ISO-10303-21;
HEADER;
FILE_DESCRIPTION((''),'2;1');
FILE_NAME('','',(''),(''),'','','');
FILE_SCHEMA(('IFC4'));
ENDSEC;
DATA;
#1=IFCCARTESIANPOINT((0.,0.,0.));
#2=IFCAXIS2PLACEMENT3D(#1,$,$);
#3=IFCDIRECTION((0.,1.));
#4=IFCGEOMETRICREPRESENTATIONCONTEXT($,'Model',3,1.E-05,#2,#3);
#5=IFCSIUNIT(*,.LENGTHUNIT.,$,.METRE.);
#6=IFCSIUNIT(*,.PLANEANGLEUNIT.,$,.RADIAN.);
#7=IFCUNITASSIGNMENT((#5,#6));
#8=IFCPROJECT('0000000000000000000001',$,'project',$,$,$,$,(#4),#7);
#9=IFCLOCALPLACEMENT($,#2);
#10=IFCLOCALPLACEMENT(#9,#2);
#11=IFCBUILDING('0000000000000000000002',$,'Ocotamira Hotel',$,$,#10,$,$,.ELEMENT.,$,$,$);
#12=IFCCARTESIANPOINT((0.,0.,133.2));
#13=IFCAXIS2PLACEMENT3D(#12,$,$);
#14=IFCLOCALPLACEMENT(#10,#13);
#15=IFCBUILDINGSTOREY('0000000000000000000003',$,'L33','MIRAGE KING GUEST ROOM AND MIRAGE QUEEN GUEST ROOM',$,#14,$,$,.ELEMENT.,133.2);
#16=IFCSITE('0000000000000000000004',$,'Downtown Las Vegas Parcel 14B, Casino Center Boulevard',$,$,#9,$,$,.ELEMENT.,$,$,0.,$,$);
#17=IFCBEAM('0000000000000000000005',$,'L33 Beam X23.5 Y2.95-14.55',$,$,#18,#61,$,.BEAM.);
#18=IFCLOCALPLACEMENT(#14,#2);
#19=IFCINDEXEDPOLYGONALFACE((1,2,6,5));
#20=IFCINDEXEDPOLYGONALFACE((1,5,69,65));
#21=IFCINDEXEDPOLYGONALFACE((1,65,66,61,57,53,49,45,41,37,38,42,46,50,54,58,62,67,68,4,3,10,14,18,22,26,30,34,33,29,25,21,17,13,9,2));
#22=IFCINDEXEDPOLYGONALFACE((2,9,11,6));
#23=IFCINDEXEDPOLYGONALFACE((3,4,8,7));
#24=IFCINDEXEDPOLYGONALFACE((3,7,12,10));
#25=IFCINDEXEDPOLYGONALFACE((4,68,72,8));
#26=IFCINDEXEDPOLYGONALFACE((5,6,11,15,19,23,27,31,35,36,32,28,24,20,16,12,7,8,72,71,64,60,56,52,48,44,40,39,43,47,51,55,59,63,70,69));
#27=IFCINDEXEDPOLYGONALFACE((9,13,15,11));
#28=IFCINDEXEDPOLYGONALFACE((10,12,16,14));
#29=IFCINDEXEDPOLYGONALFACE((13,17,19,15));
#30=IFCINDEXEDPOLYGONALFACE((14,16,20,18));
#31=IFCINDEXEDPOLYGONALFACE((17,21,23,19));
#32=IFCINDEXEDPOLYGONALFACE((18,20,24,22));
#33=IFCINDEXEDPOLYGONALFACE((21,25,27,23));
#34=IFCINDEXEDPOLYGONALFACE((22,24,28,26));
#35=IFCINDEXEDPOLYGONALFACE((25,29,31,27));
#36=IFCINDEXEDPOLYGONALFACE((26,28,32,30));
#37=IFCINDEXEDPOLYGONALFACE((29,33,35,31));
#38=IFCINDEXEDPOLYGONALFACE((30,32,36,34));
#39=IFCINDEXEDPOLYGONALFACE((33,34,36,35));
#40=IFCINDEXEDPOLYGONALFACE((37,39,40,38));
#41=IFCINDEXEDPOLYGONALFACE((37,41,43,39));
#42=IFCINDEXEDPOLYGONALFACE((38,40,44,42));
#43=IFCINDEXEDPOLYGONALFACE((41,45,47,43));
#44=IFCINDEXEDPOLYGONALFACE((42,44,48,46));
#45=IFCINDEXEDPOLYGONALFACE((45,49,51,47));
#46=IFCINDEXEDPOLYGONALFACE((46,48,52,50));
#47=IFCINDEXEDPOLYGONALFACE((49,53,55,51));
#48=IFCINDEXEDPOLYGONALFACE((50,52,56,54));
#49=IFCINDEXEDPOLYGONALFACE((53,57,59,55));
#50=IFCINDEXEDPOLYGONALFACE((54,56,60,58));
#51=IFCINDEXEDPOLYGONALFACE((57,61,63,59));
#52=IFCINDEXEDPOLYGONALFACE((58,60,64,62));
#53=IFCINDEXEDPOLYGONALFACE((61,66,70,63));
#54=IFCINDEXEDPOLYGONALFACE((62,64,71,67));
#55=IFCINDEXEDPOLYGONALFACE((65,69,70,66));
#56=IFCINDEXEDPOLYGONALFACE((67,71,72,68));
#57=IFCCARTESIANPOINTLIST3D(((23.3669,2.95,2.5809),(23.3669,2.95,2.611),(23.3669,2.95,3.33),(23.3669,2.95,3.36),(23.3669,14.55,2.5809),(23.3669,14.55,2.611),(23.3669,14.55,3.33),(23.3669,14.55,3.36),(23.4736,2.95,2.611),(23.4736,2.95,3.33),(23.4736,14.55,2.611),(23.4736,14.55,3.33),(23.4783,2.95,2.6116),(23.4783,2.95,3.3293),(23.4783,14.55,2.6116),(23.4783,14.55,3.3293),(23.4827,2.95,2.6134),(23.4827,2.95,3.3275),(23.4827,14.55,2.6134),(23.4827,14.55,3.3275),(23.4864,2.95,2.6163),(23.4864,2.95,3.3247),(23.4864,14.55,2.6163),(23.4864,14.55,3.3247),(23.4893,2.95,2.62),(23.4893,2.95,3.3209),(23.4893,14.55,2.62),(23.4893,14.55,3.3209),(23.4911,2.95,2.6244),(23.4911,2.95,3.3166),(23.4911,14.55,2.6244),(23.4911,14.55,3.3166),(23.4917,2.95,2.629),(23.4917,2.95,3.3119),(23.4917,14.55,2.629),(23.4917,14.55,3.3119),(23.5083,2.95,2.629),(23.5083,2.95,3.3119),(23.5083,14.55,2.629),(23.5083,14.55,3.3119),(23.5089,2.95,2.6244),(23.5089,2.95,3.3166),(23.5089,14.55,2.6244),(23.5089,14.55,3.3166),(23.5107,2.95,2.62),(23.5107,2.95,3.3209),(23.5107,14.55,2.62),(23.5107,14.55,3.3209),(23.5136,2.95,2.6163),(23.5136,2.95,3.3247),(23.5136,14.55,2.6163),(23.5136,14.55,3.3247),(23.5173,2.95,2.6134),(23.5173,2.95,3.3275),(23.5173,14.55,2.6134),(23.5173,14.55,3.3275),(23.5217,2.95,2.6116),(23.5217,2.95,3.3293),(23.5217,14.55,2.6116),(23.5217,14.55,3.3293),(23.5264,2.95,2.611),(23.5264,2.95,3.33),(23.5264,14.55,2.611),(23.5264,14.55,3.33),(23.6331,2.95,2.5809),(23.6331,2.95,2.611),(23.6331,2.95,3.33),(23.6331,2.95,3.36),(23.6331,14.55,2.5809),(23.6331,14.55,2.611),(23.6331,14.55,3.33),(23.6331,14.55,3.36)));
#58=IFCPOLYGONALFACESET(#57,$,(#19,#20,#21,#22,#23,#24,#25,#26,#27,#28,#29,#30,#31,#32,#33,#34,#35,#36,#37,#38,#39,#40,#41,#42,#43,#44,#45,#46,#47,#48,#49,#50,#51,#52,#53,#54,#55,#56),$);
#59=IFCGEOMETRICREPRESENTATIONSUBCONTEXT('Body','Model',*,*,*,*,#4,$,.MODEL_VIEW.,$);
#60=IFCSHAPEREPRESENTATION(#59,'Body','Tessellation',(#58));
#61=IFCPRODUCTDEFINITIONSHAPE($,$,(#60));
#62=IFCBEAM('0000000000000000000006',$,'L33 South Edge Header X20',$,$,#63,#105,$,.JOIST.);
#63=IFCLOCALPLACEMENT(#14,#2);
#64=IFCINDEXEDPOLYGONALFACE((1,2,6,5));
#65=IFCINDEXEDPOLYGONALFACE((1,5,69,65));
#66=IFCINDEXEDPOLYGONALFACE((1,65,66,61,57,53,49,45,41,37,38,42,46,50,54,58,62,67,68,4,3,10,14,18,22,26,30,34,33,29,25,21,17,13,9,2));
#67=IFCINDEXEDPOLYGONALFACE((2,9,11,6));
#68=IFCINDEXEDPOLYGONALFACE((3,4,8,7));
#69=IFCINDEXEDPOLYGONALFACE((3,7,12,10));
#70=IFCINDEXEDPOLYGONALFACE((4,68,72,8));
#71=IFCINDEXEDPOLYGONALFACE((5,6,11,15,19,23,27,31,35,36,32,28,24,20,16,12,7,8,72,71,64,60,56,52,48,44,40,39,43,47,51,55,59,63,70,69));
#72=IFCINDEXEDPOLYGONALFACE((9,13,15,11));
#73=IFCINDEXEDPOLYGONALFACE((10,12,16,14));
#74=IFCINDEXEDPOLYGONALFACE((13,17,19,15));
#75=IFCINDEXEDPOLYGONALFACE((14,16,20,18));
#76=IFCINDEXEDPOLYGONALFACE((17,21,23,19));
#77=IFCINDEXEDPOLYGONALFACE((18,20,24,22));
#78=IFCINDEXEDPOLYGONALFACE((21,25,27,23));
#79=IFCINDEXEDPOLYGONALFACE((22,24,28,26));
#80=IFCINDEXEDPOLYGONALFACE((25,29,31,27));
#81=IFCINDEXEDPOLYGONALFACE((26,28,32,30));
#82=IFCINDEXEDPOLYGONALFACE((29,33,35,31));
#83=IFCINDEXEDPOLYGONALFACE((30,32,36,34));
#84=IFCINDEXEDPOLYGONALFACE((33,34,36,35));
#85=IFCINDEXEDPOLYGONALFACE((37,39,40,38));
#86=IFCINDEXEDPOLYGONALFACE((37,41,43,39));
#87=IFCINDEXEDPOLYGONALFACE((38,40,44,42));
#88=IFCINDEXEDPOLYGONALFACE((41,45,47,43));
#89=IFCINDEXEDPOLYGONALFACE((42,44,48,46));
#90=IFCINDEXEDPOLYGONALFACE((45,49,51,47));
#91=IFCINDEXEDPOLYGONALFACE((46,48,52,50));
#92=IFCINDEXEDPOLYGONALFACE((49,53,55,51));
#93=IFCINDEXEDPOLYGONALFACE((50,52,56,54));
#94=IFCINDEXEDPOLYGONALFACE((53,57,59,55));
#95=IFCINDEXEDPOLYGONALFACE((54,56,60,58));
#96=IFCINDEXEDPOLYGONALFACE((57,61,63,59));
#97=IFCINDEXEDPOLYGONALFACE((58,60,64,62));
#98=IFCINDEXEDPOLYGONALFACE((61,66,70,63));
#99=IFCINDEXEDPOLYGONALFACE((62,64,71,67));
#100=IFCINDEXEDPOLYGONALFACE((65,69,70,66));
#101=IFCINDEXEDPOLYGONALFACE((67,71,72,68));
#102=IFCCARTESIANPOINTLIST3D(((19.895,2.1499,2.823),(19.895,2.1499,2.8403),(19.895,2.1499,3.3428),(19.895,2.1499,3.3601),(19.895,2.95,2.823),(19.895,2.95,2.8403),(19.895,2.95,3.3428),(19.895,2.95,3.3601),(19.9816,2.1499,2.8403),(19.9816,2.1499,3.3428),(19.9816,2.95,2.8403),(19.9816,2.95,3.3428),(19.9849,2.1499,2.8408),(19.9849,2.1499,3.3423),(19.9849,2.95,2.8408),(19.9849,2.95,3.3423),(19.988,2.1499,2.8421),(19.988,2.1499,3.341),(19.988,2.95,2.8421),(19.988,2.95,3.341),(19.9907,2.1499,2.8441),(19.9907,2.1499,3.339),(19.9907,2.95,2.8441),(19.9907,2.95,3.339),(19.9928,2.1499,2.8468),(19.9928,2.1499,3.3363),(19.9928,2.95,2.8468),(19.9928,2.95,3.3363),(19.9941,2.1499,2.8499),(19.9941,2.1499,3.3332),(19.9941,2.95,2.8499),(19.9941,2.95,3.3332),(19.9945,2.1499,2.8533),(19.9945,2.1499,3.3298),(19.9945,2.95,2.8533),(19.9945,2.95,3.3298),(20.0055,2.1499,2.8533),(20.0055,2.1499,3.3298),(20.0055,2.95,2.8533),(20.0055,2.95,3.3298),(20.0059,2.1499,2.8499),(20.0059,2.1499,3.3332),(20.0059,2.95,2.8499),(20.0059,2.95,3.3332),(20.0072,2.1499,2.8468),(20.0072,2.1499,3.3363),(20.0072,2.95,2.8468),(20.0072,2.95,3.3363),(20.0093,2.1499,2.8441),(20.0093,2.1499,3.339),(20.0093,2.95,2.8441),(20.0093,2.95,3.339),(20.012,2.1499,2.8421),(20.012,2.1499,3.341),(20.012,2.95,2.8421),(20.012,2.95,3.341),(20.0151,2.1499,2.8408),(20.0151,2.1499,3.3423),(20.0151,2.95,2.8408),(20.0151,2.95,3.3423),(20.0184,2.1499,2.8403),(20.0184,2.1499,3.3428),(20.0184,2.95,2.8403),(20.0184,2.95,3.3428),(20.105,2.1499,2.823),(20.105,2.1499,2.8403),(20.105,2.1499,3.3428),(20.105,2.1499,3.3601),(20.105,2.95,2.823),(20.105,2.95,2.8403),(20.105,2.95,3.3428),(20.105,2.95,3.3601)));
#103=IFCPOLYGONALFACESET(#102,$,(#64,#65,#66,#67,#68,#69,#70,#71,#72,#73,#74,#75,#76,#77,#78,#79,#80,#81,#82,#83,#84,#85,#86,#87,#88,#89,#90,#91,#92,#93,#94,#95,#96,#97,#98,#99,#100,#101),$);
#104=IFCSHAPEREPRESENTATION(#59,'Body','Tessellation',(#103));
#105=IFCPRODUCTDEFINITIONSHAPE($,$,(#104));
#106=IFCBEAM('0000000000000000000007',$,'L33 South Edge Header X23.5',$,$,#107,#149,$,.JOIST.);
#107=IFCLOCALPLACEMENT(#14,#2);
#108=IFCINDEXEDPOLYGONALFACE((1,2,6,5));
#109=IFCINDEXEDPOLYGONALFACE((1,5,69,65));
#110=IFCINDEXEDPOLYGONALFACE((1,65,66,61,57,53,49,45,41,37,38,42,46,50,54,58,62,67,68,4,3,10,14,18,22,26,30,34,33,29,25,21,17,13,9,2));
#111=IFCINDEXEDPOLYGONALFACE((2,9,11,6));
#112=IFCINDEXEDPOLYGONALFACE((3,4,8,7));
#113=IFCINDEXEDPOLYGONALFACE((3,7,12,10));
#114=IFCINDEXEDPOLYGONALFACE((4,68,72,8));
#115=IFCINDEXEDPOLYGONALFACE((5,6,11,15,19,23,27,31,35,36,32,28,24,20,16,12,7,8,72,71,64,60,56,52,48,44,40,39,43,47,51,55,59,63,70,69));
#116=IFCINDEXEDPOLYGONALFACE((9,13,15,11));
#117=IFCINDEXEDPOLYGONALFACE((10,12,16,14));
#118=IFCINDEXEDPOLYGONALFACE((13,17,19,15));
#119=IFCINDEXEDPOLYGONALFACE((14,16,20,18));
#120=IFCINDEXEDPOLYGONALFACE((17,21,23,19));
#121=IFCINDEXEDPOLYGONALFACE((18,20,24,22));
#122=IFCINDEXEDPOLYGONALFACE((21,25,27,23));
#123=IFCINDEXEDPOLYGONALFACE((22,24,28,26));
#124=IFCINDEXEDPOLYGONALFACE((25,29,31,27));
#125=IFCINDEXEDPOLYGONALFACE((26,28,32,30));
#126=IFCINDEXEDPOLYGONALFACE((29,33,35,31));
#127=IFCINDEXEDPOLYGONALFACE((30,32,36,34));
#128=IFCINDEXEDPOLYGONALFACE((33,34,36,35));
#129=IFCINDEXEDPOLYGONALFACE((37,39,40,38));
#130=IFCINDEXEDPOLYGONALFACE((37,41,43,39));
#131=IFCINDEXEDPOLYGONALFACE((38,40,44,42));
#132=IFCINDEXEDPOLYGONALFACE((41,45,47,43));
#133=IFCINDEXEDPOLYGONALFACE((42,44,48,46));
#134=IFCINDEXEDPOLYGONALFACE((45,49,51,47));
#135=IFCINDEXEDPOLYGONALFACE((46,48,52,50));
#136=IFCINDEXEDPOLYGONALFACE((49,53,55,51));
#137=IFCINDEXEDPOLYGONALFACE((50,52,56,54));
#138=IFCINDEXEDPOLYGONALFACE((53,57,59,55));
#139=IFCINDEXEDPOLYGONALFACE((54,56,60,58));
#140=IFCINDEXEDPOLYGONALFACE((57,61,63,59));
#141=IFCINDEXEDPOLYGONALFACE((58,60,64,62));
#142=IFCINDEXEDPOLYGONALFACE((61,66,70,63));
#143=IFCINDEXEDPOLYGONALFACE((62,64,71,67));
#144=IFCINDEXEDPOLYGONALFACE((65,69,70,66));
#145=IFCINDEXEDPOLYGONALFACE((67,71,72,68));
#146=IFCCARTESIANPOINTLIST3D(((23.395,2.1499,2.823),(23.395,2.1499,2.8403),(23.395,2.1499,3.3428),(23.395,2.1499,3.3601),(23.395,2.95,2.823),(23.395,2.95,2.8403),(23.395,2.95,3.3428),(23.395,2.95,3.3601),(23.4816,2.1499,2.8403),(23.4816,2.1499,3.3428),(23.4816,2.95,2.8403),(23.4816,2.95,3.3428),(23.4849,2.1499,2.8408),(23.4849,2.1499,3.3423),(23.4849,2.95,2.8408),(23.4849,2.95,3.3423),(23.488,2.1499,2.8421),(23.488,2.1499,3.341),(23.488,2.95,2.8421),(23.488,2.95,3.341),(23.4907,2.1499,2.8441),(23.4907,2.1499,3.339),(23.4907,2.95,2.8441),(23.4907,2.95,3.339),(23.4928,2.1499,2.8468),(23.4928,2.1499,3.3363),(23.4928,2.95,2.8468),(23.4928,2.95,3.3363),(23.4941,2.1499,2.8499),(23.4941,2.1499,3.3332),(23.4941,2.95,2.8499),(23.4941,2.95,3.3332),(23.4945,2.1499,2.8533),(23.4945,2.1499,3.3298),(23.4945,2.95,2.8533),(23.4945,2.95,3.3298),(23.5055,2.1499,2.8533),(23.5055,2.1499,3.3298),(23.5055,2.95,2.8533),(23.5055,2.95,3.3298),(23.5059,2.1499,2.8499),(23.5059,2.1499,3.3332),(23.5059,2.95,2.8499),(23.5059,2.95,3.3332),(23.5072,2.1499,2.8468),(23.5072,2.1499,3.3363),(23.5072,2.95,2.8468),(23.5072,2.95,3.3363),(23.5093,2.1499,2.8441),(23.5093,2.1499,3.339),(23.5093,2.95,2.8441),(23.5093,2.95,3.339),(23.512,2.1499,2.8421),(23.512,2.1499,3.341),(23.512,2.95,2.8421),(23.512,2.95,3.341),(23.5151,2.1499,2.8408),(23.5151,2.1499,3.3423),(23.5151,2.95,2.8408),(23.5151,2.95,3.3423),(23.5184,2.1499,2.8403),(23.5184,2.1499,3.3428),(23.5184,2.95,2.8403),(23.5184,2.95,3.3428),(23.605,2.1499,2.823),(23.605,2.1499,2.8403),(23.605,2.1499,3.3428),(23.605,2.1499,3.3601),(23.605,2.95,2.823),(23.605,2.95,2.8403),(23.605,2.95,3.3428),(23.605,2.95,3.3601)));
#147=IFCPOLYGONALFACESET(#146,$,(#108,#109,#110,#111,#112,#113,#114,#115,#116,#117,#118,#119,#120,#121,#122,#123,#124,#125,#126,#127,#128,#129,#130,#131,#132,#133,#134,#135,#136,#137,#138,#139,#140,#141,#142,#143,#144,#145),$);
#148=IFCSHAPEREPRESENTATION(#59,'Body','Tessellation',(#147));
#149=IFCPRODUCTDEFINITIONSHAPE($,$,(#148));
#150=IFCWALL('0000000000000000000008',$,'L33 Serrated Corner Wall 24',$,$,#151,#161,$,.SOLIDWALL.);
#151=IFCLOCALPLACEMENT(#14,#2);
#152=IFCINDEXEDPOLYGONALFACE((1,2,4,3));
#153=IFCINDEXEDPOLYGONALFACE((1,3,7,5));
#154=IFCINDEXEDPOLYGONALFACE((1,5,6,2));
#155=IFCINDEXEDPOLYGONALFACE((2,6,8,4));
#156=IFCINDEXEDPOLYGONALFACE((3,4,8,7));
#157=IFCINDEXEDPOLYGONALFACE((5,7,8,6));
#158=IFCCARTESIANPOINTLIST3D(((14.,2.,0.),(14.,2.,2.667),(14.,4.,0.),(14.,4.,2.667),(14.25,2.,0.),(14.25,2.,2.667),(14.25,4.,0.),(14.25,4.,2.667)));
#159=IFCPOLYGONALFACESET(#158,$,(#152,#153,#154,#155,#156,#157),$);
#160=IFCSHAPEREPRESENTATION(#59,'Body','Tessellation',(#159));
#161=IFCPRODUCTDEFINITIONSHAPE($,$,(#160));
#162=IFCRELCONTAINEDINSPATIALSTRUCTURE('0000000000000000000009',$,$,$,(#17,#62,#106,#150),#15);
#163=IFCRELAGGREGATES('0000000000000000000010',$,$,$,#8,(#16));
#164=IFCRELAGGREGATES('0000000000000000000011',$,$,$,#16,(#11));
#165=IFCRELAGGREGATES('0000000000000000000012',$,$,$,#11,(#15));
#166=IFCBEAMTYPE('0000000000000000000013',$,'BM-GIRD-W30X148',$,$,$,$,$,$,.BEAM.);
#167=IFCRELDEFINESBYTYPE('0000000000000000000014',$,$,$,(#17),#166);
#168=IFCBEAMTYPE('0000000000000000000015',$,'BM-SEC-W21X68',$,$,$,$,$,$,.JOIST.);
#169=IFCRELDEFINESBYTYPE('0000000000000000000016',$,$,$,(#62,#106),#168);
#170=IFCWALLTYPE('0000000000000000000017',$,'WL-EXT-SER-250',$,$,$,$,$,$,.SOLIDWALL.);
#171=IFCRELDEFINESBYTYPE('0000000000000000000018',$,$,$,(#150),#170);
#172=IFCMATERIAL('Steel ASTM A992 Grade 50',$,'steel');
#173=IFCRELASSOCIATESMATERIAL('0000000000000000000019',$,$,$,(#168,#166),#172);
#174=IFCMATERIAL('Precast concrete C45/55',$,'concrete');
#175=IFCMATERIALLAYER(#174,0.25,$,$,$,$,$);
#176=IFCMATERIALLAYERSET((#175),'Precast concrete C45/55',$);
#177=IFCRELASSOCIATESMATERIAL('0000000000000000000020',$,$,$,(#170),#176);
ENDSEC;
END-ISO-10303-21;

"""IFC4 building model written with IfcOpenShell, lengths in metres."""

from ifc_helpers import new_model, si_unit, direction, frame, frame_2d, origin, origin_2d, place, context, subcontext, project, spatial, rectangle, i_section, extrude, source, transform, mapped, material, layer, layer_set, material_profile, profile_set, type_object, element, save


model = new_model("IFC4")

# Units and contexts
model_context = context("Model", 3, precision=1e-05, world=origin(), true_north=direction((0.0, 1.0)))
body_context = subcontext(model_context, "Body", "Model", "MODEL_VIEW")
ifc_project = project(units=[si_unit("LENGTHUNIT", "METRE"), si_unit("PLANEANGLEUNIT", "RADIAN")], contexts=[model_context])

# Site, building, storey
site_placement = place(None, origin())
site = spatial("IfcSite", under=ifc_project, at=site_placement, Name="Downtown Las Vegas Parcel 14B, Casino Center Boulevard", CompositionType="ELEMENT", RefElevation=0.0)
building_placement = place(site_placement, origin())
building = spatial("IfcBuilding", under=site, at=building_placement, Name="Ocotamira Hotel", CompositionType="ELEMENT")
storey_placement = place(building_placement, frame((0.0, 0.0, 133.2)))
storey = spatial("IfcBuildingStorey", under=building, at=storey_placement, Name="L33", Description="MIRAGE KING GUEST ROOM AND MIRAGE QUEEN GUEST ROOM", CompositionType="ELEMENT", Elevation=133.2)

# Beams
ifc_material_1 = material(Name="Steel ASTM A992 Grade 50", Category="steel")
ifc_material_profile_1 = material_profile(ifc_material_1, i_section(OverallWidth=0.21, OverallDepth=0.5371, WebThickness=0.011, FlangeThickness=0.0173, FilletRadius=0.0129, at=origin_2d()), Name="W21X68")
ifc_profile_set_1 = profile_set([ifc_material_profile_1], Name="Steel ASTM A992 Grade 50")
beam_type_1 = type_object("IfcBeamType", Name="BM-SEC-W21X68", PredefinedType="JOIST", material=ifc_profile_set_1)
ifc_material_profile_2 = material_profile(ifc_material_1, i_section(OverallWidth=0.2661, OverallDepth=0.7791, WebThickness=0.0166, FlangeThickness=0.03, FilletRadius=0.0181, at=origin_2d()), Name="W30X148")
ifc_profile_set_2 = profile_set([ifc_material_profile_2], Name="Steel ASTM A992 Grade 50")
beam_type_2 = type_object("IfcBeamType", Name="BM-GIRD-W30X148", PredefinedType="BEAM", material=ifc_profile_set_2)
shared_shape_1 = source(origin(), body_context, "Body", "SweptSolid", [
    extrude(i_section(OverallWidth=0.2661, OverallDepth=0.7791, WebThickness=0.0166, FlangeThickness=0.03, FilletRadius=0.0181, at=origin_2d()), origin(), (0.0, 0.0, 1.0), 11.6001),
])
beam_1_placement = place(storey_placement, frame((23.5, 2.95, 2.9705), z_axis=(0.0, 1.0, 0.0), x_axis=(-1.0, 0.0, 0.0)))
element("IfcBeam", 1, at=beam_1_placement, inside=storey, type_object=beam_type_2, Name="L33 Beam X23.5 Y2.95-14.55", PredefinedType="BEAM", context=body_context, shape_type="MappedRepresentation", body=[
    mapped(shared_shape_1, transform((0.0, 0.0, 0.0), scale=1.0)),
])
shared_shape_2 = source(origin(), body_context, "Body", "SweptSolid", [
    extrude(i_section(OverallWidth=0.21, OverallDepth=0.5371, WebThickness=0.011, FlangeThickness=0.0173, FilletRadius=0.0129, at=origin_2d()), origin(), (0.0, 0.0, 1.0), 0.8),
])
for number, where, z_axis, x_axis, name in (
    (2, (20.0, 2.95, 3.0916), (0.0, -1.0, 0.0), (1.0, 0.0, 0.0), "L33 South Edge Header X20"),
    (3, (23.5, 2.95, 3.0916), (0.0, -1.0, 0.0), (1.0, 0.0, 0.0), "L33 South Edge Header X23.5"),
):
    element("IfcBeam", number, at=place(storey_placement, frame(where, z_axis=z_axis, x_axis=x_axis)), inside=storey, type_object=beam_type_1, Name=name, PredefinedType="JOIST", context=body_context, shape_type="MappedRepresentation", body=[
        mapped(shared_shape_2, transform((0.0, 0.0, 0.0), scale=1.0)),
    ])

# Wall
ifc_material_2 = material(Name="Precast concrete C45/55", Category="concrete")
ifc_layer = layer(ifc_material_2, 0.25)
ifc_layer_set = layer_set([ifc_layer], Name="Precast concrete C45/55")
wall_type = type_object("IfcWallType", Name="WL-EXT-SER-250", PredefinedType="SOLIDWALL", material=ifc_layer_set)
wall_placement = place(storey_placement, frame((14.125, 4.0, 0.0), z_axis=(0.0, 0.0, 1.0), x_axis=(0.0, -1.0, 0.0)))
element("IfcWall", 4, at=wall_placement, inside=storey, type_object=wall_type, Name="L33 Serrated Corner Wall 24", PredefinedType="SOLIDWALL", context=body_context, shape_type="SweptSolid", body=[
    extrude(rectangle(XDim=2.0, YDim=0.25, at=frame_2d((1.0, 0.0))), origin(), (0.0, 0.0, 1.0), 2.667),
])

save(model, "model.ifc")
